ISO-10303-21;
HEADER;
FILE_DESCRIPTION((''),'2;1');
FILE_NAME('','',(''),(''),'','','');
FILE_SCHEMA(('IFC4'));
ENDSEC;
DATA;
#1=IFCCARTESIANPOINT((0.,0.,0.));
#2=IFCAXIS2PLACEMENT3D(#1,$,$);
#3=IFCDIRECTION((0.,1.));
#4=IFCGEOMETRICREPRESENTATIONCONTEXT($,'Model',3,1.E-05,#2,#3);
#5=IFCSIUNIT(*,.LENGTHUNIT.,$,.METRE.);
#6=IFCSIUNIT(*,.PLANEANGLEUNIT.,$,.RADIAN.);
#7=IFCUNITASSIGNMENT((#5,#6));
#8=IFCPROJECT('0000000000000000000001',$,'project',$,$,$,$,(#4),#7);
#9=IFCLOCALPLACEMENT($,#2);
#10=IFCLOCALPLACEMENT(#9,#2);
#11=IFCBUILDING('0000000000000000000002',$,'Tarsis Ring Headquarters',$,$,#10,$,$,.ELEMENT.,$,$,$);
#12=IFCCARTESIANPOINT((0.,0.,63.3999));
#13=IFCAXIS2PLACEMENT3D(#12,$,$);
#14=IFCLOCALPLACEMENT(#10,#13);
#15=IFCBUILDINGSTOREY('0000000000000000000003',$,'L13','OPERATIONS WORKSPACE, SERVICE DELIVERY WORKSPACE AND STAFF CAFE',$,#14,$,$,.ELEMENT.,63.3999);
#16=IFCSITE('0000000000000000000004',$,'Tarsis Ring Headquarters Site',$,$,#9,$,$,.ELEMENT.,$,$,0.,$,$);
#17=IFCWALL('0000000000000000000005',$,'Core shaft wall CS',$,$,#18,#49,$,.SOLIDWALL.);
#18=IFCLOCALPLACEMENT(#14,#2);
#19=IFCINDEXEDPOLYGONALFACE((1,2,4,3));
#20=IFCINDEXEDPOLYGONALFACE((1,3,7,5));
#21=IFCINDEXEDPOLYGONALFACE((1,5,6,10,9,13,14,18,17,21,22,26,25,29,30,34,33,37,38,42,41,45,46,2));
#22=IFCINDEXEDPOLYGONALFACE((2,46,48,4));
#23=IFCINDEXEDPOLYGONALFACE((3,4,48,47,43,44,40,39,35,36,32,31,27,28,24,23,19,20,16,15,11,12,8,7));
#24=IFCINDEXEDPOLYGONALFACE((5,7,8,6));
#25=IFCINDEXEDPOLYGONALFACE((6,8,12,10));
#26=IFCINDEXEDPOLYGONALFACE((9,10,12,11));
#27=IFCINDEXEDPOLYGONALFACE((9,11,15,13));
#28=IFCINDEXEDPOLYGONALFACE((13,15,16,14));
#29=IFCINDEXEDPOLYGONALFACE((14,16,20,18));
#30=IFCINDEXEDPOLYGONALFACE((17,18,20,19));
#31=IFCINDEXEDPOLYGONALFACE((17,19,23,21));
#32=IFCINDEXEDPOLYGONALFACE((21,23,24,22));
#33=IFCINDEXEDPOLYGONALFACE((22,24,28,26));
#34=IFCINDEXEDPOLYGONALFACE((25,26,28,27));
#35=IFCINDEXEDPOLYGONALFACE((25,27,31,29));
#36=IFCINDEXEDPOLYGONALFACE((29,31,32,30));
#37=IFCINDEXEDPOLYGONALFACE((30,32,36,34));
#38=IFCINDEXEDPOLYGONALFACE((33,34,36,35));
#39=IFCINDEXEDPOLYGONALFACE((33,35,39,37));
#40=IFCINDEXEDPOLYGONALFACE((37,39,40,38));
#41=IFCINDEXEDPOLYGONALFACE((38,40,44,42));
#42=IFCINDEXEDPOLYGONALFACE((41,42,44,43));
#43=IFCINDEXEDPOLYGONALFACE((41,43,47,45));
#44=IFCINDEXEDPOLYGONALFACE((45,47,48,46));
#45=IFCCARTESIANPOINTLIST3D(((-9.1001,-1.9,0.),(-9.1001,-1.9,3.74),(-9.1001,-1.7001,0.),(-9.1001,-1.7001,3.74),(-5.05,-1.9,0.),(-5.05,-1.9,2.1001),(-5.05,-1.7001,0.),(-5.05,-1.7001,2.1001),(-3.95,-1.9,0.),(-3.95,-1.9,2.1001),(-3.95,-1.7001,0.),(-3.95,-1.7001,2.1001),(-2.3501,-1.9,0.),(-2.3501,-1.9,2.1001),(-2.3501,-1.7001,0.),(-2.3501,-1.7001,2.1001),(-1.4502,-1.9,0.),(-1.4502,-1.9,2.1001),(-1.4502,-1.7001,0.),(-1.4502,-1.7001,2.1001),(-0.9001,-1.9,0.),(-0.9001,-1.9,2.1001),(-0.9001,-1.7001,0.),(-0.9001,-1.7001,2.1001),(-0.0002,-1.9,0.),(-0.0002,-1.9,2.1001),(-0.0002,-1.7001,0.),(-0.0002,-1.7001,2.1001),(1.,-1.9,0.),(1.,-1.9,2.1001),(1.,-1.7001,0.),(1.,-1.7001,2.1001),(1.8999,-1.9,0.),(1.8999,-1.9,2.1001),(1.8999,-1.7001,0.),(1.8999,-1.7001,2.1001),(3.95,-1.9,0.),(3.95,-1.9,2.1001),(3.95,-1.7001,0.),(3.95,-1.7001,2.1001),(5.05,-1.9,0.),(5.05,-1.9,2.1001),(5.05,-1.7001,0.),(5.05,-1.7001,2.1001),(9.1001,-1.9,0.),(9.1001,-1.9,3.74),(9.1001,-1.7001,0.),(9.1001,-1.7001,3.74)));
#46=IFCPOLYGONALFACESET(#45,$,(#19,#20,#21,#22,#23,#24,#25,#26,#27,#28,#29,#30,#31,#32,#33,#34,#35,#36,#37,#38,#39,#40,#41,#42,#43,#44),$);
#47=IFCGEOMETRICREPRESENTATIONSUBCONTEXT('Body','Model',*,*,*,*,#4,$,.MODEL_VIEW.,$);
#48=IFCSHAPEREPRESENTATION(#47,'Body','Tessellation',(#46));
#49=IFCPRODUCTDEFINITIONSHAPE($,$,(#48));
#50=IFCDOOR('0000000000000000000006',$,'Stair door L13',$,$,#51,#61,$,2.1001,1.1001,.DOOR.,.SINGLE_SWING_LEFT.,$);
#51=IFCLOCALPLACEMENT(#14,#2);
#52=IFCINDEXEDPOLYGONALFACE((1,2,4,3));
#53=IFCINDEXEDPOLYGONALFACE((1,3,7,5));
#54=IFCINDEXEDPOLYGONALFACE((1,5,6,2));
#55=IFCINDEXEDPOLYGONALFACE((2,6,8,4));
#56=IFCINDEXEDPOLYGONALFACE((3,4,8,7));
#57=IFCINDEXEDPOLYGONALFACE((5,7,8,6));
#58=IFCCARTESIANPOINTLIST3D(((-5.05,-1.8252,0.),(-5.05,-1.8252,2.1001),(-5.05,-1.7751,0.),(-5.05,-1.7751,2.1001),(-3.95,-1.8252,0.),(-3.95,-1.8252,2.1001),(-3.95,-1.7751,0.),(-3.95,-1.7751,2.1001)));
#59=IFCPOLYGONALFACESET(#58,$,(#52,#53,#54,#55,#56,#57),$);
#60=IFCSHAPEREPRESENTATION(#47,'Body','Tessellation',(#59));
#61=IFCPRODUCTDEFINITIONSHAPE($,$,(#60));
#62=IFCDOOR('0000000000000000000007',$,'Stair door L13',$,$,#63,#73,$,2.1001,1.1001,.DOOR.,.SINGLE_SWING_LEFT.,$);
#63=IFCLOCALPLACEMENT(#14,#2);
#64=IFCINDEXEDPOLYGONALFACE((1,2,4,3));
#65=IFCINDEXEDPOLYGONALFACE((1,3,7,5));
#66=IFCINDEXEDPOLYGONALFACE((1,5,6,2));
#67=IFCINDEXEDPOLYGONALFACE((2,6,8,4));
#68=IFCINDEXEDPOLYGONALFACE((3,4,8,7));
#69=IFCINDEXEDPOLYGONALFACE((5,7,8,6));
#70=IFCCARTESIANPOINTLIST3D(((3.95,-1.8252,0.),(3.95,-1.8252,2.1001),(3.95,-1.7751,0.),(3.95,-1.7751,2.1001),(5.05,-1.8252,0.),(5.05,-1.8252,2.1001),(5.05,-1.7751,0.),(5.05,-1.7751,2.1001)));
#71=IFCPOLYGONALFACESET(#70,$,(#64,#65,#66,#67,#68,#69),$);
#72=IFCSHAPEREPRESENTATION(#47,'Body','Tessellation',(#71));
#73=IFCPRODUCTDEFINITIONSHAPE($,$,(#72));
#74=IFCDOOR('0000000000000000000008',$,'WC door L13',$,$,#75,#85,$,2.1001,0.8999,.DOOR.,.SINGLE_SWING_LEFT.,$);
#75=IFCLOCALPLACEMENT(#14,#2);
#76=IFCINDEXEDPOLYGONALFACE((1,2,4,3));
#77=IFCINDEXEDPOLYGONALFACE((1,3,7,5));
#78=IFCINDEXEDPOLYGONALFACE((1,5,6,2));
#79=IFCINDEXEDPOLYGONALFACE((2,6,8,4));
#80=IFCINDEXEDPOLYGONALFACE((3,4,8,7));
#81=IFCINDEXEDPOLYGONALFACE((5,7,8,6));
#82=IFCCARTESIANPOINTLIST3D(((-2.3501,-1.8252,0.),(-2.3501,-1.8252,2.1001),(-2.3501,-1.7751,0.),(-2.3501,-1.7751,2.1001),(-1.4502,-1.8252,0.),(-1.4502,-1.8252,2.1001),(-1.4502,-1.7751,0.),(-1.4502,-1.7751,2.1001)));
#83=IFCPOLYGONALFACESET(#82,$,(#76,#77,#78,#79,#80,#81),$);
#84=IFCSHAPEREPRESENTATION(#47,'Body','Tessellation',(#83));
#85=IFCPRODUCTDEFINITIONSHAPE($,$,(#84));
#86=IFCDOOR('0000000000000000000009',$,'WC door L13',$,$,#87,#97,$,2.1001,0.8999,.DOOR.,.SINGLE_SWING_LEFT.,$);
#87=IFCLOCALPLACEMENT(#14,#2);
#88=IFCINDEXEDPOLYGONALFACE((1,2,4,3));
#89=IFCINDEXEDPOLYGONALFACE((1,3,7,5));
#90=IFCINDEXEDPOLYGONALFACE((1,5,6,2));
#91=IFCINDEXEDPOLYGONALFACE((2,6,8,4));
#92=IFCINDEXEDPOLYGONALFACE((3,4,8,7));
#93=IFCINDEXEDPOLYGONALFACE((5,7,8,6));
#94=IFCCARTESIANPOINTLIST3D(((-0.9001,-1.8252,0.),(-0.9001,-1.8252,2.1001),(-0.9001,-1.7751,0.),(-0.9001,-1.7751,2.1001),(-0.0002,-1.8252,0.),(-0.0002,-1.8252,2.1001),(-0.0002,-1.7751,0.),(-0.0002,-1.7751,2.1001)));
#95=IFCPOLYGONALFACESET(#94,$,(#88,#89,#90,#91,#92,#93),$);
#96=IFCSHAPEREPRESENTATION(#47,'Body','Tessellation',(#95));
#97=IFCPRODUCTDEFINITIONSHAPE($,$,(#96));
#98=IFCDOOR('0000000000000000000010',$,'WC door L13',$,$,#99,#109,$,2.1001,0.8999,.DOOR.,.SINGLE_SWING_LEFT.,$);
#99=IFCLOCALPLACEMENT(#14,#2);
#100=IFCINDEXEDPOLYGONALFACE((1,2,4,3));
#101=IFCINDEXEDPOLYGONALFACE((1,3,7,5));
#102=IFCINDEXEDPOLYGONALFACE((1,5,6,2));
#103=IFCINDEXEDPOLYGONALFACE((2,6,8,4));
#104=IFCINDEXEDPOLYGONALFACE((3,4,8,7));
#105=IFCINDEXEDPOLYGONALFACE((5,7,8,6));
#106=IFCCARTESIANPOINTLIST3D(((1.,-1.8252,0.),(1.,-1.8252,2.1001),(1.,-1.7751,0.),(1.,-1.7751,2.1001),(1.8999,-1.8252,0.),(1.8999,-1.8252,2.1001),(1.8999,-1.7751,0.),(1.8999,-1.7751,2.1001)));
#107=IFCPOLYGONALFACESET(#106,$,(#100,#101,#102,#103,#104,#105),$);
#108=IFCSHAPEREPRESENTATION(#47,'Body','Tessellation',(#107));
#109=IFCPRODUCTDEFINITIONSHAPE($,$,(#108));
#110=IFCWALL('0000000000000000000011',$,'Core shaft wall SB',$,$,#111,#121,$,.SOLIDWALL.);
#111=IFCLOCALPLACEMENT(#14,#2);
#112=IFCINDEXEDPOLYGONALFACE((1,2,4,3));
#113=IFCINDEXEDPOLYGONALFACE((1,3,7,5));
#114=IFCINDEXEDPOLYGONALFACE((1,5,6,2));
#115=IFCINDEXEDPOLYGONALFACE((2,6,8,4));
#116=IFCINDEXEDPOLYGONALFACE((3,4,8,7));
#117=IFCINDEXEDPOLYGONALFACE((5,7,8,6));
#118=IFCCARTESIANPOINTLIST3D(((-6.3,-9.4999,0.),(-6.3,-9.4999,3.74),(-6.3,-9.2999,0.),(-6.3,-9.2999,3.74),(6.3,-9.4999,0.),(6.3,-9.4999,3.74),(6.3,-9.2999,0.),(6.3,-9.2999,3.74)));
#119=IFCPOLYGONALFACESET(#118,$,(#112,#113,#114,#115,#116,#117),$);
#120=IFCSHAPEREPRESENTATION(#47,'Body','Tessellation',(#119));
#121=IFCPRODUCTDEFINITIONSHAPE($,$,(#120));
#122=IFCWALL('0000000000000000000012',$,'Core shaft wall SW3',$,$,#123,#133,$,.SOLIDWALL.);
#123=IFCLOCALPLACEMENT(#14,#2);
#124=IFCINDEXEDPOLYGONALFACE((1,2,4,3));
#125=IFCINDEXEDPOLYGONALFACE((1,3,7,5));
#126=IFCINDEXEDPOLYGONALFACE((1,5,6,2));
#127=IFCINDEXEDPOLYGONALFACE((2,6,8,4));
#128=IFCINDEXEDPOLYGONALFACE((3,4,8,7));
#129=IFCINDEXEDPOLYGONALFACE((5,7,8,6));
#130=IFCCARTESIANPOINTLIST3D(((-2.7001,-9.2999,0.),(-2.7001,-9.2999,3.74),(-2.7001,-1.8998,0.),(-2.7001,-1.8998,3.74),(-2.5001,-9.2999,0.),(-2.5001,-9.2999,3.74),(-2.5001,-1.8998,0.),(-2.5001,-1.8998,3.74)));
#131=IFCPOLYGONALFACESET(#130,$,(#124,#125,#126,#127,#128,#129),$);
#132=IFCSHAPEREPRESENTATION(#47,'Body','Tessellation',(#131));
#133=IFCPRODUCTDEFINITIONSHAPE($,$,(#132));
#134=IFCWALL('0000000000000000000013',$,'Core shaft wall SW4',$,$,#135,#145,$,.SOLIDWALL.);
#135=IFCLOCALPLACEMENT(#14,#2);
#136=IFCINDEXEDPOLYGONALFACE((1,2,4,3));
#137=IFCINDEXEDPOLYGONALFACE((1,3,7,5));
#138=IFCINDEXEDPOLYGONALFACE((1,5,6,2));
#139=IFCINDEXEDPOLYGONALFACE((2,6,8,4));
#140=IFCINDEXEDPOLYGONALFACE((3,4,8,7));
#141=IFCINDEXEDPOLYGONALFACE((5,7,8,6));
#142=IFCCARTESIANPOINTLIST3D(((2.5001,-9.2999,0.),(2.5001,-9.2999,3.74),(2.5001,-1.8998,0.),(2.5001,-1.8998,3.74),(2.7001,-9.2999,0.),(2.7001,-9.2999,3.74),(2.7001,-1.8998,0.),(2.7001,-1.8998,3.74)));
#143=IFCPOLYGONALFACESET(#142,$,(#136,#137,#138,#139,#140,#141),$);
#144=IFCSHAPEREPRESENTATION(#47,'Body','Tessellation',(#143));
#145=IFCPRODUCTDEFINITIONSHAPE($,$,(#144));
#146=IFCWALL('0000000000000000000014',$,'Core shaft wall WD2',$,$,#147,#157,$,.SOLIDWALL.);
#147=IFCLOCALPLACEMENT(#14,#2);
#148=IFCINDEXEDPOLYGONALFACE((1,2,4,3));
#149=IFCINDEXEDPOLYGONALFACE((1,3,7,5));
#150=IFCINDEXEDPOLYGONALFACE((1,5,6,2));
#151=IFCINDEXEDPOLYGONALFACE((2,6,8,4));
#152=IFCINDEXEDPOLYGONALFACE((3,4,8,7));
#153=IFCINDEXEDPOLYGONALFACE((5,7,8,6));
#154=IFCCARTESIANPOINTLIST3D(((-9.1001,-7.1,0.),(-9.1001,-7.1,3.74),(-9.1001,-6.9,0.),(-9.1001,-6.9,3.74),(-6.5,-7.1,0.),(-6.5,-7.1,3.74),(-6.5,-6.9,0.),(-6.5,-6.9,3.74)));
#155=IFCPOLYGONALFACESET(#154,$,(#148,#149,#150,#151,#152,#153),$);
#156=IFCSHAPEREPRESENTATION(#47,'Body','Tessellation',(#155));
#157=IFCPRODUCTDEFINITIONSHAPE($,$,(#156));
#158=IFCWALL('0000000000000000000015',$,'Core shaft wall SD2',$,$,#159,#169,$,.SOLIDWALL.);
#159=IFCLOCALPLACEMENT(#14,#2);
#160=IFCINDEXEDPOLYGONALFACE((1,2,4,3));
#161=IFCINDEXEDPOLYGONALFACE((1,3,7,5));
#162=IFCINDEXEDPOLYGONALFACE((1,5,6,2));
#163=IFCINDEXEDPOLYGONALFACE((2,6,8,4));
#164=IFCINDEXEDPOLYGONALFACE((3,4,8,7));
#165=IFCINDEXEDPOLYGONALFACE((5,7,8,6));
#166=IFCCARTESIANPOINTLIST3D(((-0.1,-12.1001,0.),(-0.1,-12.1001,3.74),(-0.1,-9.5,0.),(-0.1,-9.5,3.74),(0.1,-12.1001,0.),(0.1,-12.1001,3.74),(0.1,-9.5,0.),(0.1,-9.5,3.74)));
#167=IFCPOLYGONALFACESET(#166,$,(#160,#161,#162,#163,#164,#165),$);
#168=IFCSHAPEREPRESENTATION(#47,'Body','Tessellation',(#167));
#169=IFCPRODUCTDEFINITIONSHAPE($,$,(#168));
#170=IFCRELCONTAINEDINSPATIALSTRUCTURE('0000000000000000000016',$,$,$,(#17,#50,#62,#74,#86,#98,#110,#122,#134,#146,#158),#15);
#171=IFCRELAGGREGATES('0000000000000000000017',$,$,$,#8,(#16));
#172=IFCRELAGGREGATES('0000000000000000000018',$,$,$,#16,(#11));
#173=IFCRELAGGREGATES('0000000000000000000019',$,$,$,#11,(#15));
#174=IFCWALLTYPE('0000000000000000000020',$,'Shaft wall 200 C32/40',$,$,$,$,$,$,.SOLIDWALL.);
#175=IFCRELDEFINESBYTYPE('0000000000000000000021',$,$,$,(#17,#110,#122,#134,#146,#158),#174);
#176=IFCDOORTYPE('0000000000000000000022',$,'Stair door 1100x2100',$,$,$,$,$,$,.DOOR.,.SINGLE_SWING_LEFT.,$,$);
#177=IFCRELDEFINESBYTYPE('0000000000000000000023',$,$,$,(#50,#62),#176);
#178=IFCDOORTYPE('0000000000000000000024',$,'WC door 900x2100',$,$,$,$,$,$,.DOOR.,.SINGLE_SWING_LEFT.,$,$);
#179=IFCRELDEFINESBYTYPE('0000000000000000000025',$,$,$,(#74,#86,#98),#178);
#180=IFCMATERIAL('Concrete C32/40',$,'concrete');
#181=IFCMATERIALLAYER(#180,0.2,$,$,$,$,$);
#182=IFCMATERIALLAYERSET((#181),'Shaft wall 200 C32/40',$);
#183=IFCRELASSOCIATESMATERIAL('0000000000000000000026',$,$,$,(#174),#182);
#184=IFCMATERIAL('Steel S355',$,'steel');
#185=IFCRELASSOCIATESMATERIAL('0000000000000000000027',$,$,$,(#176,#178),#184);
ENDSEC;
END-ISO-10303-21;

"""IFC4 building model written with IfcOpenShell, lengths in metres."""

from ifc_helpers import new_model, si_unit, direction, frame, frame_2d, origin, place, context, subcontext, project, spatial, rectangle, extrude, material, layer, layer_set, type_object, element, fill, save


model = new_model("IFC4")

# Units and contexts
model_context = context("Model", 3, precision=1e-05, world=origin(), true_north=direction((0.0, 1.0)))
body_context = subcontext(model_context, "Body", "Model", "MODEL_VIEW")
ifc_project = project(units=[si_unit("LENGTHUNIT", "METRE"), si_unit("PLANEANGLEUNIT", "RADIAN")], contexts=[model_context])

# Site, building, storey
site_placement = place(None, origin())
site = spatial("IfcSite", under=ifc_project, at=site_placement, Name="Tarsis Ring Headquarters Site", CompositionType="ELEMENT", RefElevation=0.0)
building_placement = place(site_placement, origin())
building = spatial("IfcBuilding", under=site, at=building_placement, Name="Tarsis Ring Headquarters", CompositionType="ELEMENT")
storey_placement = place(building_placement, frame((0.0, 0.0, 63.3999)))
storey = spatial("IfcBuildingStorey", under=building, at=storey_placement, Name="L13", Description="OPERATIONS WORKSPACE, SERVICE DELIVERY WORKSPACE AND STAFF CAFE", CompositionType="ELEMENT", Elevation=63.3999)

# Shared definitions
ifc_material_1 = material(Name="Concrete C32/40", Category="concrete")

# Wall, openings, doors
ifc_layer_1 = layer(ifc_material_1, 0.2)
ifc_layer_set_1 = layer_set([ifc_layer_1], Name="Shaft wall 200 C32/40")
wall_type_1 = type_object("IfcWallType", Name="Shaft wall 200 C32/40", PredefinedType="SOLIDWALL", material=ifc_layer_set_1)
wall_1_placement = place(storey_placement, frame((-9.1001, -1.8, 0.0), z_axis=(0.0, 0.0, 1.0), x_axis=(1.0, 0.0, 0.0)))
wall_1 = element("IfcWall", 1, at=wall_1_placement, inside=storey, type_object=wall_type_1, Name="Core shaft wall CS", PredefinedType="SOLIDWALL", context=body_context, shape_type="SweptSolid", body=[
    extrude(rectangle(XDim=18.2002, YDim=0.2, at=frame_2d((9.1001, 0.0))), origin(), (0.0, 0.0, 1.0), 3.74),
])
opening_1_placement = place(wall_1_placement, frame((4.05, 0.0, 0.0)))
opening_1 = element("IfcOpeningElement", 2, at=opening_1_placement, cuts=wall_1, PredefinedType="OPENING", context=body_context, shape_type="SweptSolid", body=[
    extrude(rectangle(XDim=1.1001, YDim=2.1001, at=frame_2d((0.55, 1.05))), frame((0.0, 0.1099, 0.0), z_axis=(0.0, -1.0, 0.0), x_axis=(1.0, 0.0, 0.0)), (0.0, 0.0, 1.0), 0.22),
])
opening_2_placement = place(wall_1_placement, frame((6.75, 0.0, 0.0)))
opening_2 = element("IfcOpeningElement", 3, at=opening_2_placement, cuts=wall_1, PredefinedType="OPENING", context=body_context, shape_type="SweptSolid", body=[
    extrude(rectangle(XDim=0.8999, YDim=2.1001, at=frame_2d((0.45, 1.05))), frame((0.0, 0.1099, 0.0), z_axis=(0.0, -1.0, 0.0), x_axis=(1.0, 0.0, 0.0)), (0.0, 0.0, 1.0), 0.22),
])
opening_3_placement = place(wall_1_placement, frame((8.2, 0.0, 0.0)))
opening_3 = element("IfcOpeningElement", 4, at=opening_3_placement, cuts=wall_1, PredefinedType="OPENING", context=body_context, shape_type="SweptSolid", body=[
    extrude(rectangle(XDim=0.8999, YDim=2.1001, at=frame_2d((0.45, 1.05))), frame((0.0, 0.1099, 0.0), z_axis=(0.0, -1.0, 0.0), x_axis=(1.0, 0.0, 0.0)), (0.0, 0.0, 1.0), 0.22),
])
opening_4_placement = place(wall_1_placement, frame((10.1001, 0.0, 0.0)))
opening_4 = element("IfcOpeningElement", 5, at=opening_4_placement, cuts=wall_1, PredefinedType="OPENING", context=body_context, shape_type="SweptSolid", body=[
    extrude(rectangle(XDim=0.8999, YDim=2.1001, at=frame_2d((0.45, 1.05))), frame((0.0, 0.1099, 0.0), z_axis=(0.0, -1.0, 0.0), x_axis=(1.0, 0.0, 0.0)), (0.0, 0.0, 1.0), 0.22),
])
opening_5_placement = place(wall_1_placement, frame((13.05, 0.0, 0.0)))
opening_5 = element("IfcOpeningElement", 6, at=opening_5_placement, cuts=wall_1, PredefinedType="OPENING", context=body_context, shape_type="SweptSolid", body=[
    extrude(rectangle(XDim=1.1001, YDim=2.1001, at=frame_2d((0.55, 1.05))), frame((0.0, 0.1099, 0.0), z_axis=(0.0, -1.0, 0.0), x_axis=(1.0, 0.0, 0.0)), (0.0, 0.0, 1.0), 0.22),
])
ifc_material_2 = material(Name="Steel S355", Category="steel")
door_type_1 = type_object("IfcDoorType", Name="Stair door 1100x2100", OperationType="SINGLE_SWING_LEFT", PredefinedType="DOOR", material=ifc_material_2)
door_1_placement = place(opening_1_placement, origin())
door_1 = element("IfcDoor", 7, at=door_1_placement, inside=storey, type_object=door_type_1, Name="Stair door L13", OperationType="SINGLE_SWING_LEFT", OverallHeight=2.1001, OverallWidth=1.1001, PredefinedType="DOOR", context=body_context, shape_type="SweptSolid", body=[
    extrude(rectangle(XDim=1.1001, YDim=2.1001, at=frame_2d((0.55, 1.05))), frame((0.0, 0.0249, 0.0), z_axis=(0.0, -1.0, 0.0), x_axis=(1.0, 0.0, 0.0)), (0.0, 0.0, 1.0), 0.05),
])
fill(opening_1, door_1)
door_2_placement = place(opening_5_placement, origin())
door_2 = element("IfcDoor", 8, at=door_2_placement, inside=storey, type_object=door_type_1, Name="Stair door L13", OperationType="SINGLE_SWING_LEFT", OverallHeight=2.1001, OverallWidth=1.1001, PredefinedType="DOOR", context=body_context, shape_type="SweptSolid", body=[
    extrude(rectangle(XDim=1.1001, YDim=2.1001, at=frame_2d((0.55, 1.05))), frame((0.0, 0.0249, 0.0), z_axis=(0.0, -1.0, 0.0), x_axis=(1.0, 0.0, 0.0)), (0.0, 0.0, 1.0), 0.05),
])
fill(opening_5, door_2)
door_type_2 = type_object("IfcDoorType", Name="WC door 900x2100", OperationType="SINGLE_SWING_LEFT", PredefinedType="DOOR", material=ifc_material_2)
door_3_placement = place(opening_2_placement, origin())
door_3 = element("IfcDoor", 9, at=door_3_placement, inside=storey, type_object=door_type_2, Name="WC door L13", OperationType="SINGLE_SWING_LEFT", OverallHeight=2.1001, OverallWidth=0.8999, PredefinedType="DOOR", context=body_context, shape_type="SweptSolid", body=[
    extrude(rectangle(XDim=0.8999, YDim=2.1001, at=frame_2d((0.45, 1.05))), frame((0.0, 0.0249, 0.0), z_axis=(0.0, -1.0, 0.0), x_axis=(1.0, 0.0, 0.0)), (0.0, 0.0, 1.0), 0.05),
])
fill(opening_2, door_3)
door_4_placement = place(opening_3_placement, origin())
door_4 = element("IfcDoor", 10, at=door_4_placement, inside=storey, type_object=door_type_2, Name="WC door L13", OperationType="SINGLE_SWING_LEFT", OverallHeight=2.1001, OverallWidth=0.8999, PredefinedType="DOOR", context=body_context, shape_type="SweptSolid", body=[
    extrude(rectangle(XDim=0.8999, YDim=2.1001, at=frame_2d((0.45, 1.05))), frame((0.0, 0.0249, 0.0), z_axis=(0.0, -1.0, 0.0), x_axis=(1.0, 0.0, 0.0)), (0.0, 0.0, 1.0), 0.05),
])
fill(opening_3, door_4)
door_5_placement = place(opening_4_placement, origin())
door_5 = element("IfcDoor", 11, at=door_5_placement, inside=storey, type_object=door_type_2, Name="WC door L13", OperationType="SINGLE_SWING_LEFT", OverallHeight=2.1001, OverallWidth=0.8999, PredefinedType="DOOR", context=body_context, shape_type="SweptSolid", body=[
    extrude(rectangle(XDim=0.8999, YDim=2.1001, at=frame_2d((0.45, 1.05))), frame((0.0, 0.0249, 0.0), z_axis=(0.0, -1.0, 0.0), x_axis=(1.0, 0.0, 0.0)), (0.0, 0.0, 1.0), 0.05),
])
fill(opening_4, door_5)

# Walls
wall_2_placement = place(storey_placement, frame((-6.3, -9.3999, 0.0), z_axis=(0.0, 0.0, 1.0), x_axis=(1.0, 0.0, 0.0)))
element("IfcWall", 12, at=wall_2_placement, inside=storey, type_object=wall_type_1, Name="Core shaft wall SB", PredefinedType="SOLIDWALL", context=body_context, shape_type="SweptSolid", body=[
    extrude(rectangle(XDim=12.6001, YDim=0.2, at=frame_2d((6.3, 0.0))), origin(), (0.0, 0.0, 1.0), 3.74),
])
for number, where, z_axis, x_axis, name in (
    (13, (-2.6001, -9.3, 0.0), (0.0, 0.0, 1.0), (0.0, 1.0, 0.0), "Core shaft wall SW3"),
    (14, (2.6001, -9.3, 0.0), (0.0, 0.0, 1.0), (0.0, 1.0, 0.0), "Core shaft wall SW4"),
):
    element("IfcWall", number, at=place(storey_placement, frame(where, z_axis=z_axis, x_axis=x_axis)), inside=storey, type_object=wall_type_1, Name=name, PredefinedType="SOLIDWALL", context=body_context, shape_type="SweptSolid", body=[
        extrude(rectangle(XDim=7.4001, YDim=0.2, at=frame_2d((3.7002, 0.0))), origin(), (0.0, 0.0, 1.0), 3.74),
    ])
for number, where, z_axis, x_axis, name in (
    (15, (-9.1001, -7.0, 0.0), (0.0, 0.0, 1.0), (1.0, 0.0, 0.0), "Core shaft wall WD2"),
    (16, (0.0, -12.1001, 0.0), (0.0, 0.0, 1.0), (0.0, 1.0, 0.0), "Core shaft wall SD2"),
):
    element("IfcWall", number, at=place(storey_placement, frame(where, z_axis=z_axis, x_axis=x_axis)), inside=storey, type_object=wall_type_1, Name=name, PredefinedType="SOLIDWALL", context=body_context, shape_type="SweptSolid", body=[
        extrude(rectangle(XDim=2.6001, YDim=0.2, at=frame_2d((1.3, 0.0))), origin(), (0.0, 0.0, 1.0), 3.74),
    ])

save(model, "model.ifc")
